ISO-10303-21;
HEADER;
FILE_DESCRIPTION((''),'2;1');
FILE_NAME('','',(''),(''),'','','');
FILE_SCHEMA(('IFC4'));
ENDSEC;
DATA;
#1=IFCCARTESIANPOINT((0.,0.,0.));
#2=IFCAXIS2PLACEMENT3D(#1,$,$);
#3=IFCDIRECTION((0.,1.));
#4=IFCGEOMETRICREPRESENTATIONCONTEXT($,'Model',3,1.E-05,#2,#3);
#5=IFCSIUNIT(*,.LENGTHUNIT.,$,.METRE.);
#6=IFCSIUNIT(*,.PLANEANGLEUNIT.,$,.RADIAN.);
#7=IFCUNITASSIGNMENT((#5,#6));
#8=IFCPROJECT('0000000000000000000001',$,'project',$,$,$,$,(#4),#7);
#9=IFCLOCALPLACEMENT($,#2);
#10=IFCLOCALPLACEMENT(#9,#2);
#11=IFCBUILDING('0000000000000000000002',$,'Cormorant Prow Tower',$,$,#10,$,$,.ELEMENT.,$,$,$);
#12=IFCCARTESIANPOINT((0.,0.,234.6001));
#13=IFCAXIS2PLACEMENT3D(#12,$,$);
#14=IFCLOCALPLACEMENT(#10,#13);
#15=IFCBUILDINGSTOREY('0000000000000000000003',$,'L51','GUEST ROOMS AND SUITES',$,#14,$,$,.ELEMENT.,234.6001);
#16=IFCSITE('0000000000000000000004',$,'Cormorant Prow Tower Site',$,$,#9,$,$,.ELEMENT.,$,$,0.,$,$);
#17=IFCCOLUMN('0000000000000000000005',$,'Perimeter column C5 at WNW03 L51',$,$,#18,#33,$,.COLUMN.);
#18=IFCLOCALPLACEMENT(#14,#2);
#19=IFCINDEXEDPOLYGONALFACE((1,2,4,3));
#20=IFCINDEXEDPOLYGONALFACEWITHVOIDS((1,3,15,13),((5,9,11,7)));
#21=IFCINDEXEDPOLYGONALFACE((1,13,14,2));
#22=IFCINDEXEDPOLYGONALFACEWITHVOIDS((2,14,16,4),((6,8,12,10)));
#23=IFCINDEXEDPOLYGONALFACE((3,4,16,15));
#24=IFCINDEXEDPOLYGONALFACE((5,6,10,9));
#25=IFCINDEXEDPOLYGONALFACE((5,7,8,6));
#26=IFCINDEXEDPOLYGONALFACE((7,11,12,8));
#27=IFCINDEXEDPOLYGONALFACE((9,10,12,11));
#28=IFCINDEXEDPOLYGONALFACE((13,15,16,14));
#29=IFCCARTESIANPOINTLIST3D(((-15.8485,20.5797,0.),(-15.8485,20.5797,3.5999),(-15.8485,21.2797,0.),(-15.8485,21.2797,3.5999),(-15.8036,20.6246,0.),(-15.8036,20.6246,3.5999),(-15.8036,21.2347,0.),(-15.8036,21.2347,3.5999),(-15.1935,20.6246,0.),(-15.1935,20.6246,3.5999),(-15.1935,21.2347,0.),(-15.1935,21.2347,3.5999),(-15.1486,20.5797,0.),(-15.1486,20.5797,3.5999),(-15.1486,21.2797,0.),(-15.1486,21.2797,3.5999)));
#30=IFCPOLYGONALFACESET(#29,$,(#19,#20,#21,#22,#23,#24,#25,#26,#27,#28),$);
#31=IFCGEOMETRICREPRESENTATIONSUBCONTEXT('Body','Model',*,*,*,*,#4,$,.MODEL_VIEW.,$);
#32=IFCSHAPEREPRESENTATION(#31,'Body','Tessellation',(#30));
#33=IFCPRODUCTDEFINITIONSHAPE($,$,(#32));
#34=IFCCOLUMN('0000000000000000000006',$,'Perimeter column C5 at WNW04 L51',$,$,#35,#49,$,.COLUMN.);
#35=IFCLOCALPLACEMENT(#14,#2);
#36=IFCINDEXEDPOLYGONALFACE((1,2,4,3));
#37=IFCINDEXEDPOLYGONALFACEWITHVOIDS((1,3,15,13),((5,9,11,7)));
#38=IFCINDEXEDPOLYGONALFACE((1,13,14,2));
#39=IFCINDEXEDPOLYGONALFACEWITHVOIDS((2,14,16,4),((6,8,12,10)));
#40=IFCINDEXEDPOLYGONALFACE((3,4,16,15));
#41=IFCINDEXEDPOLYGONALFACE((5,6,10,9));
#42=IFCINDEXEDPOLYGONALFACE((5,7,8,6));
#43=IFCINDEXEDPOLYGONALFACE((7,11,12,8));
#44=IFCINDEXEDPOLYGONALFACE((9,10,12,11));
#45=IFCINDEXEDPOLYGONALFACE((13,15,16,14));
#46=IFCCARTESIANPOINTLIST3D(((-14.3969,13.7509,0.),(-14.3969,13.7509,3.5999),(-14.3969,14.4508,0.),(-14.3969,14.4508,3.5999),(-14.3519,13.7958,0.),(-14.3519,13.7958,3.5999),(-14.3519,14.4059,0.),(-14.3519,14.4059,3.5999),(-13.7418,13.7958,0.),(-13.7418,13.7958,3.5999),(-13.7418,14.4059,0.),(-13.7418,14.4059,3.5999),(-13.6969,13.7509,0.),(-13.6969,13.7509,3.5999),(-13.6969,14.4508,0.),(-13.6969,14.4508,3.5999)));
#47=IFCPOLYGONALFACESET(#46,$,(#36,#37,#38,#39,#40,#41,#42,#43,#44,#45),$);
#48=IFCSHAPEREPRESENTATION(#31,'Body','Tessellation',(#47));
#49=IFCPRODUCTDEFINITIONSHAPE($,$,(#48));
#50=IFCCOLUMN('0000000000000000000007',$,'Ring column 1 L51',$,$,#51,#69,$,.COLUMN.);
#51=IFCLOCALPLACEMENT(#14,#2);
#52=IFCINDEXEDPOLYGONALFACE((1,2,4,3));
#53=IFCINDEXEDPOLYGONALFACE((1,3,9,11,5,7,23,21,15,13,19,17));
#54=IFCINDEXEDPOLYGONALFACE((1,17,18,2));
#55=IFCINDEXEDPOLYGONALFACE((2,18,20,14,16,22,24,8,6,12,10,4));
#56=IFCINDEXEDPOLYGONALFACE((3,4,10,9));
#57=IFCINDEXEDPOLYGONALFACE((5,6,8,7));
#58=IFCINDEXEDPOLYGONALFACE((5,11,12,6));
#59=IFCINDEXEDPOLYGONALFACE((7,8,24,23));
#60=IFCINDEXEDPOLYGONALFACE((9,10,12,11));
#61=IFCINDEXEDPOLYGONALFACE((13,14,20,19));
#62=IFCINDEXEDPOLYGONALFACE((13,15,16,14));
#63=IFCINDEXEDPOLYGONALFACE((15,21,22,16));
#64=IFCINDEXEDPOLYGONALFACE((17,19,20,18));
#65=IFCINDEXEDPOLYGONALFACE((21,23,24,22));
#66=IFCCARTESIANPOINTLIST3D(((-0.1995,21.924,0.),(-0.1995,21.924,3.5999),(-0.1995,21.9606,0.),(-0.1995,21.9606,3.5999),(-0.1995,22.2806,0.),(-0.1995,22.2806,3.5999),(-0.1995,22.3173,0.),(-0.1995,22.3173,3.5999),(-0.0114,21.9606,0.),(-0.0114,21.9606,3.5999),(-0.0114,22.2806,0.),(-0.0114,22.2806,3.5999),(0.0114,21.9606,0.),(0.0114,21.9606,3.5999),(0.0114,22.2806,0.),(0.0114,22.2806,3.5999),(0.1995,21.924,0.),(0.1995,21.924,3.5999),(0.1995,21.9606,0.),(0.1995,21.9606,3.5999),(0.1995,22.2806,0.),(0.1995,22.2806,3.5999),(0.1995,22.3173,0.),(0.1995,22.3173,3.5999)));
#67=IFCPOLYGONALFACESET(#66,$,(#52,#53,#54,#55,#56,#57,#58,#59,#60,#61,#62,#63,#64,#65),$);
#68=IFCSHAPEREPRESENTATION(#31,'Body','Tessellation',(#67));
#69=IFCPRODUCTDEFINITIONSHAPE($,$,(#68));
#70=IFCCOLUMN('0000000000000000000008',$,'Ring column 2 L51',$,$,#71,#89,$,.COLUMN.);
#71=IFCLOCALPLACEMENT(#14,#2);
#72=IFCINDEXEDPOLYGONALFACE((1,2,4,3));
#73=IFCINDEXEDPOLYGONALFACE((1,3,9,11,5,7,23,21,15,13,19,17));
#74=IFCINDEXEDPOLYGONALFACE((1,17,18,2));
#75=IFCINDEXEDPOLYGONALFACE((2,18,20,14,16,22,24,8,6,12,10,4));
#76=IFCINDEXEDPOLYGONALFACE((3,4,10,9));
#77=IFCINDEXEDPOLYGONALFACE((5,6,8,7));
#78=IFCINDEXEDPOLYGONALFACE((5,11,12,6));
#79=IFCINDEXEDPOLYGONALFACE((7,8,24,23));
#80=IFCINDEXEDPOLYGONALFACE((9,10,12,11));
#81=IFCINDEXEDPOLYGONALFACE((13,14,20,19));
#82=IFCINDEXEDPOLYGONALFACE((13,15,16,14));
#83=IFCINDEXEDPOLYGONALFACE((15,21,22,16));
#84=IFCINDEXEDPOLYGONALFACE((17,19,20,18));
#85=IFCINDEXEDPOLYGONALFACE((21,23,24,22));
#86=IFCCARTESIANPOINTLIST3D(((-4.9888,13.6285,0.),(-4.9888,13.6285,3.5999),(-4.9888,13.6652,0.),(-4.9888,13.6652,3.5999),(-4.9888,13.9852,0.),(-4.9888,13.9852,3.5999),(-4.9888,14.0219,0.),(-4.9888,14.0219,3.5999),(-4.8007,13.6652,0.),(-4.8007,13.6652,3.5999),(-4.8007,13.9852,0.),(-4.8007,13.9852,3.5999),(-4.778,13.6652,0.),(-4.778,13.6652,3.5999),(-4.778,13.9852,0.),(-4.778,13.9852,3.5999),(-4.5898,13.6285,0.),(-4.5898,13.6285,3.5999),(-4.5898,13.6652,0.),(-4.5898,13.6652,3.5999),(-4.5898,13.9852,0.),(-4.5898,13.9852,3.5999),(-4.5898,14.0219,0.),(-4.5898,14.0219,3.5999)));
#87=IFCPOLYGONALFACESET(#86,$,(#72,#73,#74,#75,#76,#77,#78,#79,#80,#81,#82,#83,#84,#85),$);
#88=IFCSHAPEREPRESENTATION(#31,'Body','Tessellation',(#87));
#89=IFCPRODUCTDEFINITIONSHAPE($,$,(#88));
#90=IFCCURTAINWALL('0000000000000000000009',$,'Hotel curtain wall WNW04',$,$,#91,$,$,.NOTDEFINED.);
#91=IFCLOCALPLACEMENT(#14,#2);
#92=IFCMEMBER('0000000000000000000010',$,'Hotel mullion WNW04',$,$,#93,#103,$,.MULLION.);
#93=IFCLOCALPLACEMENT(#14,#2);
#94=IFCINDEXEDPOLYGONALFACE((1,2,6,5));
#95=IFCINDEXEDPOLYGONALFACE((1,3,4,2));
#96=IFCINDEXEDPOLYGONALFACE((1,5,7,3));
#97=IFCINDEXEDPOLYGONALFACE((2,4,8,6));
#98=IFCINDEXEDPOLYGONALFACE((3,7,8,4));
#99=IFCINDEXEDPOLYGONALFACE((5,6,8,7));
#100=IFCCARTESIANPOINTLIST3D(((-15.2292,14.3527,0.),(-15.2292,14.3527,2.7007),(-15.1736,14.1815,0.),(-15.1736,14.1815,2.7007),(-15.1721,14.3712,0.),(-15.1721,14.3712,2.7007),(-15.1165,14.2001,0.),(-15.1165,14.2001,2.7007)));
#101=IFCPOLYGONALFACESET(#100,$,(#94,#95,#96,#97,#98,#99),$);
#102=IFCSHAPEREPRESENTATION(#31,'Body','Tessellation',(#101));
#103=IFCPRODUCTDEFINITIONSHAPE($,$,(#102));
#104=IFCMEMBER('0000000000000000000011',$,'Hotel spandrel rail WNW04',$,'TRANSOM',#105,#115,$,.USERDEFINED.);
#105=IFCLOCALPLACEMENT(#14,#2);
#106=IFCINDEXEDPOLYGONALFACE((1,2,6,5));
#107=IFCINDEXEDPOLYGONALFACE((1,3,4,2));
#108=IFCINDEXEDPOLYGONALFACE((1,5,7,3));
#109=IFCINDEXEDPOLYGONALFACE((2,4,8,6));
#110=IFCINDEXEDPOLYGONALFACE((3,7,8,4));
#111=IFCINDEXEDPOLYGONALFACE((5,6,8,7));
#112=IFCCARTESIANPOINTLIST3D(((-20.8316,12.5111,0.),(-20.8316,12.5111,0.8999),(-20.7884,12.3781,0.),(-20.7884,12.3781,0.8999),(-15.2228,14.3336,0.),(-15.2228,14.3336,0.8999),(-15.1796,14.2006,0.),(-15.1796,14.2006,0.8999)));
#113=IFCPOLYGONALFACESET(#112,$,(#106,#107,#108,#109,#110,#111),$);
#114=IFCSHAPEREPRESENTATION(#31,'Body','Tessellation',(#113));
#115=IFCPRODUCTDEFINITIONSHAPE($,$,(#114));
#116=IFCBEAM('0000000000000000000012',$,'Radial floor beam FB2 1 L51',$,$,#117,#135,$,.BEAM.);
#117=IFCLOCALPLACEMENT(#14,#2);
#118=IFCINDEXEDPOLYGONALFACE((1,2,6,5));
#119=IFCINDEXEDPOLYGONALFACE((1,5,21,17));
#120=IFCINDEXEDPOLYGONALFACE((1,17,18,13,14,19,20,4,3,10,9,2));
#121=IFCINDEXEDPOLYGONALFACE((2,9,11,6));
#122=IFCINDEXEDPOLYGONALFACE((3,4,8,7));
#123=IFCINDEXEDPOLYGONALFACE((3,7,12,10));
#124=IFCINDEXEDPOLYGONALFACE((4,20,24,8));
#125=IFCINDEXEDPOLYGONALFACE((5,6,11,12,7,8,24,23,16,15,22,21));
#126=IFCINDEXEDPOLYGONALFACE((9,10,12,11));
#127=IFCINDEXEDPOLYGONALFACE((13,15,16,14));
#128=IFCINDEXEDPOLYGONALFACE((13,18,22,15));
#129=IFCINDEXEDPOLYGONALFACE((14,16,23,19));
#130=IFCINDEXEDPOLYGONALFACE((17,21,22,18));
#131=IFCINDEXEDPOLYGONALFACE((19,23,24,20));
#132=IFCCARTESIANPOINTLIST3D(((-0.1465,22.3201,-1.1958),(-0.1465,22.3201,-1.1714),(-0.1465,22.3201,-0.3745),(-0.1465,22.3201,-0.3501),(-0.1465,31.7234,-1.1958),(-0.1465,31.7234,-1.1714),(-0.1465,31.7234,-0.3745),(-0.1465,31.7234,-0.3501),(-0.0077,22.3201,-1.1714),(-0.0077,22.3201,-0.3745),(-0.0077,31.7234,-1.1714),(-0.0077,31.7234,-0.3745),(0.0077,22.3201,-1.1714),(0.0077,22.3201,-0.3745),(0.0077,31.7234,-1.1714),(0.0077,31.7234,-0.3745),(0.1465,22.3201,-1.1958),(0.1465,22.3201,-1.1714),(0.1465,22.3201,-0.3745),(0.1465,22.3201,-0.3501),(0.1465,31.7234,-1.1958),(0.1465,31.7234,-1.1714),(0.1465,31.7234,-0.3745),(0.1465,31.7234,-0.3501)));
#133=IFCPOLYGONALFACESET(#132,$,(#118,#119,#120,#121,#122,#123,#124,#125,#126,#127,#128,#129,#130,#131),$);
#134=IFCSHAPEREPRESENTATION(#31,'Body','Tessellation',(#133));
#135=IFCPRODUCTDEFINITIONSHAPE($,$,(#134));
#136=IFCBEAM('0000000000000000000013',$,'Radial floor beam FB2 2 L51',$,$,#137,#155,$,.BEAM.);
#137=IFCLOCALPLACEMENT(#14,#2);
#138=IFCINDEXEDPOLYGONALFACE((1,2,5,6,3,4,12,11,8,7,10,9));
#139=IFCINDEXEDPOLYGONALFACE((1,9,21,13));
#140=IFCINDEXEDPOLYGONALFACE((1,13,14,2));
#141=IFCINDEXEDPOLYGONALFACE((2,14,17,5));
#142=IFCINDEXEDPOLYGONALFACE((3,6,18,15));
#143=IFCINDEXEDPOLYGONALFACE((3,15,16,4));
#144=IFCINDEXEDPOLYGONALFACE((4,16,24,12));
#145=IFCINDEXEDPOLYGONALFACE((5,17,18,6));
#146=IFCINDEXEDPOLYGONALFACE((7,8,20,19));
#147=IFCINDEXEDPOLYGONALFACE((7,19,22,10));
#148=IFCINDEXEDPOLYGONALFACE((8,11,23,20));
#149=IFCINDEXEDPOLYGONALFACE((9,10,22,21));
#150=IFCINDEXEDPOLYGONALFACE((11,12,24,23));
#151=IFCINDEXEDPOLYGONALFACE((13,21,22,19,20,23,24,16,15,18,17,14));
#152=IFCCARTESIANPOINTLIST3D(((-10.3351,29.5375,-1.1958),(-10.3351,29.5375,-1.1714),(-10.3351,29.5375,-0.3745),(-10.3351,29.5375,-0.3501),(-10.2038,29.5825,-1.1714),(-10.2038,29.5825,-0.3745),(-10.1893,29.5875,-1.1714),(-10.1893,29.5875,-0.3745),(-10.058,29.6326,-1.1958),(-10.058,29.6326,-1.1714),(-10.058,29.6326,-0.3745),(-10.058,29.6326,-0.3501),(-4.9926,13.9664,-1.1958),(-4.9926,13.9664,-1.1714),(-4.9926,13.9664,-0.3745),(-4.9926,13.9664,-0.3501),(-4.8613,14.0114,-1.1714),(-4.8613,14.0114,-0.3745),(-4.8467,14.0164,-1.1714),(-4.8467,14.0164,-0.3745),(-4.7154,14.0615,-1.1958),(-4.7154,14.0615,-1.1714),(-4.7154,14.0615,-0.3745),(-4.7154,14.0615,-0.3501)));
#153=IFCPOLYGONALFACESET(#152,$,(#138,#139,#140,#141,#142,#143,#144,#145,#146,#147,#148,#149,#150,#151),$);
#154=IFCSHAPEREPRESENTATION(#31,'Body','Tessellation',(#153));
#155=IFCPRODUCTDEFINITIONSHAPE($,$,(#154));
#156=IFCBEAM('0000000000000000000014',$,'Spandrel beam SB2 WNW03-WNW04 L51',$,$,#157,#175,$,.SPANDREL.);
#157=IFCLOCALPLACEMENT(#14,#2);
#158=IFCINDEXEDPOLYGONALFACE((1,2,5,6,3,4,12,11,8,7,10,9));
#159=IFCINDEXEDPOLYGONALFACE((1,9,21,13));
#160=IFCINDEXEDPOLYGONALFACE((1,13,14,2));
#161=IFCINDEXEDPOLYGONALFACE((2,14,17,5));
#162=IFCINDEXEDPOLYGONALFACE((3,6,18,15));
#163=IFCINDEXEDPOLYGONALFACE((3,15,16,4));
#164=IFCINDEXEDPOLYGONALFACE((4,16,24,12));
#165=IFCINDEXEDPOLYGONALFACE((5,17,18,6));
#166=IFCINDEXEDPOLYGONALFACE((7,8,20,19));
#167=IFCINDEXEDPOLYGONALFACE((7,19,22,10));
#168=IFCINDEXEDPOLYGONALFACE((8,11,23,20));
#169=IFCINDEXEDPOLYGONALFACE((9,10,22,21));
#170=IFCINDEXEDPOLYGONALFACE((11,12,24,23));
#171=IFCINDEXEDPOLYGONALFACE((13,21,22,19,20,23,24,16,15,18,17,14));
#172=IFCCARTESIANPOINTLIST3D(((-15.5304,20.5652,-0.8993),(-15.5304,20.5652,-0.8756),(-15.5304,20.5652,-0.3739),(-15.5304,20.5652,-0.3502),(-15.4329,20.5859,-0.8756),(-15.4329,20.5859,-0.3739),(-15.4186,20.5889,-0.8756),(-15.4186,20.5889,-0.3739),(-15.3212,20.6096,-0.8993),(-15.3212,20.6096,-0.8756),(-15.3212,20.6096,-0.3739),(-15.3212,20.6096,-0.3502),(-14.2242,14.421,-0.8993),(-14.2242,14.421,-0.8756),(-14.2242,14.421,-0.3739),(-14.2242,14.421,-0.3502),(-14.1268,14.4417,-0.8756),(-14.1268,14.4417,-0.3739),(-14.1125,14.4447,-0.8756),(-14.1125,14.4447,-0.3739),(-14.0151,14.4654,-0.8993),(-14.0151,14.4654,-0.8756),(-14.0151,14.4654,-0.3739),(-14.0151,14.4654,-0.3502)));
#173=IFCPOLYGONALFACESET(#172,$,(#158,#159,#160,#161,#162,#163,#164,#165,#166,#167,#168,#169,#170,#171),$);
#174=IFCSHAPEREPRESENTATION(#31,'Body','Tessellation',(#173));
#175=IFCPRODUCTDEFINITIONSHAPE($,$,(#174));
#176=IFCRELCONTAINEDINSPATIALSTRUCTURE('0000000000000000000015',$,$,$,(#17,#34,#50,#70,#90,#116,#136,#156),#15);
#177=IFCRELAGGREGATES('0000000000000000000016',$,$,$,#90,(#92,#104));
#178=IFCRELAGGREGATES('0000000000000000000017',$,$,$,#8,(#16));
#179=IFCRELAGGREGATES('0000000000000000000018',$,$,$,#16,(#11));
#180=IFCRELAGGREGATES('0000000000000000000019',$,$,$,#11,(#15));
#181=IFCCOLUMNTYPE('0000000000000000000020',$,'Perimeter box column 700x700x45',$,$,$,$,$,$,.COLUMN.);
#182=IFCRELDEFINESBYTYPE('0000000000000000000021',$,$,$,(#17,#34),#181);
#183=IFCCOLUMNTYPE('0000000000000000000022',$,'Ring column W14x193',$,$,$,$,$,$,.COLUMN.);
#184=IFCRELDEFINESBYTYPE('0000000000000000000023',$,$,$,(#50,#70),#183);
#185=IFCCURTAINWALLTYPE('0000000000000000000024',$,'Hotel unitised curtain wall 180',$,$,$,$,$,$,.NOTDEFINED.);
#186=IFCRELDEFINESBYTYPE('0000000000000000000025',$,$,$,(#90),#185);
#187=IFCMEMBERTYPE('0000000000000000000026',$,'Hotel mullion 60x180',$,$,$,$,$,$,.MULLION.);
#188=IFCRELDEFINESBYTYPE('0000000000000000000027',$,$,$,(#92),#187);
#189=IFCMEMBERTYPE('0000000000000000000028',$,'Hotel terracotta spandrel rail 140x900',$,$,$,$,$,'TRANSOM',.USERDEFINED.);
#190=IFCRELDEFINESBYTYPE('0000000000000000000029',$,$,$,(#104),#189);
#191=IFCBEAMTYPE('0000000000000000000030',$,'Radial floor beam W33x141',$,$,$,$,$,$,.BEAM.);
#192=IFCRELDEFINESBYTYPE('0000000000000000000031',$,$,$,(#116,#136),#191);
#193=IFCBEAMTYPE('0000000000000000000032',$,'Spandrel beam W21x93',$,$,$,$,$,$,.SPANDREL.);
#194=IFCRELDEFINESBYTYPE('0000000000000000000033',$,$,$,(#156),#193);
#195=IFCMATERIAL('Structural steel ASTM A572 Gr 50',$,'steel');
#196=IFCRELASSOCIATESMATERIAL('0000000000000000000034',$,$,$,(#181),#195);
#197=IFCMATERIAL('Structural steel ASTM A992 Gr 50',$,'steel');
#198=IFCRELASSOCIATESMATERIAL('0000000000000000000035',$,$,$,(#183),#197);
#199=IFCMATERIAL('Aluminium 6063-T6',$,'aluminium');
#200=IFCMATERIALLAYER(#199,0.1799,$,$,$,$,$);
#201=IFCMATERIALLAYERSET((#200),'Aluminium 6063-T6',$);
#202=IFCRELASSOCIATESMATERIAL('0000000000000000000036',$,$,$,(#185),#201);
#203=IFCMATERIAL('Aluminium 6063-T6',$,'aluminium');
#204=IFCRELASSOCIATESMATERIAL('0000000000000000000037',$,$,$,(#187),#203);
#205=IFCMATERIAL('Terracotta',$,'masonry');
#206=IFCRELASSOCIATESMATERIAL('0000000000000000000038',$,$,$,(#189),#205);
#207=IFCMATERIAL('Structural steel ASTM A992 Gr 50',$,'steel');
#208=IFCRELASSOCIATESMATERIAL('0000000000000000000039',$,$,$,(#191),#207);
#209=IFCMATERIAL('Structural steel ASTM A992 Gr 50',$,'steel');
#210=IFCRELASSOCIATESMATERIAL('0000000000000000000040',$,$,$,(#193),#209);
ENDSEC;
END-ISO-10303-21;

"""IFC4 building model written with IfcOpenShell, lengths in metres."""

from ifc_helpers import new_model, si_unit, direction, frame, origin, origin_2d, place, context, subcontext, project, spatial, rectangle, hollow_rectangle, i_section, extrude, material, layer, layer_set, material_profile, profile_set, type_object, element, aggregate, save


model = new_model("IFC4")

# Units and contexts
model_context = context("Model", 3, precision=1e-05, world=origin(), true_north=direction((0.0, 1.0)))
body_context = subcontext(model_context, "Body", "Model", "MODEL_VIEW")
ifc_project = project(units=[si_unit("LENGTHUNIT", "METRE"), si_unit("PLANEANGLEUNIT", "RADIAN")], contexts=[model_context])

# Site, building, storey
site_placement = place(None, origin())
site = spatial("IfcSite", under=ifc_project, at=site_placement, Name="Cormorant Prow Tower Site", CompositionType="ELEMENT", RefElevation=0.0)
building_placement = place(site_placement, origin())
building = spatial("IfcBuilding", under=site, at=building_placement, Name="Cormorant Prow Tower", CompositionType="ELEMENT")
storey_placement = place(building_placement, frame((0.0, 0.0, 234.6001)))
storey = spatial("IfcBuildingStorey", under=building, at=storey_placement, Name="L51", Description="GUEST ROOMS AND SUITES", CompositionType="ELEMENT", Elevation=234.6001)

# Columns
ifc_material_1 = material(Name="Structural steel ASTM A572 Gr 50", Category="steel")
ifc_material_profile_1 = material_profile(ifc_material_1, hollow_rectangle(XDim=0.7, YDim=0.7, WallThickness=0.0449, at=origin_2d()), Name="Box 700x700x45")
ifc_profile_set_1 = profile_set([ifc_material_profile_1], Name="Structural steel ASTM A572 Gr 50")
column_type_1 = type_object("IfcColumnType", Name="Perimeter box column 700x700x45", PredefinedType="COLUMN", material=ifc_profile_set_1)
for number, where, z_axis, x_axis, name in (
    (1, (-15.4985, 20.9297, 0.0), (0.0, 0.0, 1.0), (1.0, 0.0, 0.0), "Perimeter column C5 at WNW03 L51"),
    (2, (-14.0469, 14.1008, 0.0), (0.0, 0.0, 1.0), (1.0, 0.0, 0.0), "Perimeter column C5 at WNW04 L51"),
):
    element("IfcColumn", number, at=place(storey_placement, frame(where, z_axis=z_axis, x_axis=x_axis)), inside=storey, type_object=column_type_1, Name=name, PredefinedType="COLUMN", context=body_context, shape_type="SweptSolid", body=[
        extrude(hollow_rectangle(XDim=0.7, YDim=0.7, WallThickness=0.0449, at=origin_2d()), origin(), (0.0, 0.0, 1.0), 3.5999),
    ])
ifc_material_2 = material(Name="Structural steel ASTM A992 Gr 50", Category="steel")
ifc_material_profile_2 = material_profile(ifc_material_2, i_section(OverallWidth=0.3989, OverallDepth=0.3933, WebThickness=0.0227, FlangeThickness=0.0366, at=origin_2d()), Name="W14x193")
ifc_profile_set_2 = profile_set([ifc_material_profile_2], Name="Structural steel ASTM A992 Gr 50")
column_type_2 = type_object("IfcColumnType", Name="Ring column W14x193", PredefinedType="COLUMN", material=ifc_profile_set_2)
for number, where, z_axis, x_axis, name in (
    (3, (0.0, 22.1206, 0.0), (0.0, 0.0, 1.0), (1.0, 0.0, 0.0), "Ring column 1 L51"),
    (4, (-4.7893, 13.8252, 0.0), (0.0, 0.0, 1.0), (1.0, 0.0, 0.0), "Ring column 2 L51"),
):
    element("IfcColumn", number, at=place(storey_placement, frame(where, z_axis=z_axis, x_axis=x_axis)), inside=storey, type_object=column_type_2, Name=name, PredefinedType="COLUMN", context=body_context, shape_type="SweptSolid", body=[
        extrude(i_section(OverallWidth=0.3989, OverallDepth=0.3933, WebThickness=0.0227, FlangeThickness=0.0366, at=origin_2d()), origin(), (0.0, 0.0, 1.0), 3.5999),
    ])

# Curtain wall, members
ifc_material_3 = material(Name="Aluminium 6063-T6", Category="aluminium")
ifc_layer_1 = layer(ifc_material_3, 0.1799)
ifc_layer_set_1 = layer_set([ifc_layer_1], Name="Aluminium 6063-T6")
curtain_wall_type = type_object("IfcCurtainWallType", Name="Hotel unitised curtain wall 180", PredefinedType="NOTDEFINED", material=ifc_layer_set_1)
curtain_wall_1_placement = place(storey_placement, origin())
curtain_wall_1 = element("IfcCurtainWall", 5, at=curtain_wall_1_placement, inside=storey, type_object=curtain_wall_type, Name="Hotel curtain wall WNW04", PredefinedType="NOTDEFINED")
ifc_material_4 = material(Name="Aluminium 6063-T6", Category="aluminium")
ifc_material_profile_3 = material_profile(ifc_material_4, rectangle(XDim=0.1799, YDim=0.0601, at=origin_2d()), Name="Hotel mullion 60x180")
ifc_profile_set_3 = profile_set([ifc_material_profile_3], Name="Aluminium 6063-T6")
member_type_1 = type_object("IfcMemberType", Name="Hotel mullion 60x180", PredefinedType="MULLION", material=ifc_profile_set_3)
member_1_placement = place(storey_placement, frame((-15.1729, 14.2764, 0.0), z_axis=(0.0, 0.0, 1.0), x_axis=(0.309017, -0.951057, 0.0)))
member_1 = element("IfcMember", 6, at=member_1_placement, type_object=member_type_1, Name="Hotel mullion WNW04", PredefinedType="MULLION", context=body_context, shape_type="SweptSolid", body=[
    extrude(rectangle(XDim=0.1799, YDim=0.0601, at=origin_2d()), origin(), (0.0, 0.0, 1.0), 2.7007),
])
ifc_material_5 = material(Name="Terracotta", Category="masonry")
ifc_material_profile_4 = material_profile(ifc_material_5, rectangle(XDim=0.1399, YDim=0.8999, at=origin_2d()), Name="Hotel terracotta spandrel rail 140x900")
ifc_profile_set_4 = profile_set([ifc_material_profile_4], Name="Terracotta")
member_type_2 = type_object("IfcMemberType", Name="Hotel terracotta spandrel rail 140x900", ElementType="TRANSOM", PredefinedType="USERDEFINED", material=ifc_profile_set_4)
member_2_placement = place(storey_placement, frame((-15.2012, 14.2671, 0.45), z_axis=(-0.951053, -0.309028, 0.0), x_axis=(0.309028, -0.951053, 0.0)))
member_2 = element("IfcMember", 7, at=member_2_placement, type_object=member_type_2, Name="Hotel spandrel rail WNW04", ObjectType="TRANSOM", PredefinedType="USERDEFINED", context=body_context, shape_type="SweptSolid", body=[
    extrude(rectangle(XDim=0.1399, YDim=0.8999, at=origin_2d()), origin(), (0.0, 0.0, 1.0), 5.8975),
])

# Beams
ifc_material_6 = material(Name="Structural steel ASTM A992 Gr 50", Category="steel")
ifc_material_profile_5 = material_profile(ifc_material_6, i_section(OverallWidth=0.293, OverallDepth=0.8457, WebThickness=0.0154, FlangeThickness=0.0244, at=origin_2d()), Name="W33x141")
ifc_profile_set_5 = profile_set([ifc_material_profile_5], Name="Structural steel ASTM A992 Gr 50")
beam_type_1 = type_object("IfcBeamType", Name="Radial floor beam W33x141", PredefinedType="BEAM", material=ifc_profile_set_5)
beam_1_placement = place(storey_placement, frame((0.0, 22.3201, -0.7729), z_axis=(0.0, 1.0, 0.0), x_axis=(-1.0, 0.0, 0.0)))
element("IfcBeam", 8, at=beam_1_placement, inside=storey, type_object=beam_type_1, Name="Radial floor beam FB2 1 L51", PredefinedType="BEAM", context=body_context, shape_type="SweptSolid", body=[
    extrude(i_section(OverallWidth=0.293, OverallDepth=0.8457, WebThickness=0.0154, FlangeThickness=0.0244, at=origin_2d()), origin(), (0.0, 0.0, 1.0), 9.4033),
])
beam_2_placement = place(storey_placement, frame((-4.854, 14.0139, -0.7729), z_axis=(-0.324536, 0.945874, 0.0), x_axis=(-0.945874, -0.324536, 0.0)))
element("IfcBeam", 9, at=beam_2_placement, inside=storey, type_object=beam_type_1, Name="Radial floor beam FB2 2 L51", PredefinedType="BEAM", context=body_context, shape_type="SweptSolid", body=[
    extrude(i_section(OverallWidth=0.293, OverallDepth=0.8457, WebThickness=0.0154, FlangeThickness=0.0244, at=origin_2d()), origin(), (0.0, 0.0, 1.0), 16.4622),
])
ifc_material_7 = material(Name="Structural steel ASTM A992 Gr 50", Category="steel")
ifc_material_profile_6 = material_profile(ifc_material_7, i_section(OverallWidth=0.2139, OverallDepth=0.5491, WebThickness=0.0146, FlangeThickness=0.0237, at=origin_2d()), Name="W21x93")
ifc_profile_set_6 = profile_set([ifc_material_profile_6], Name="Structural steel ASTM A992 Gr 50")
beam_type_2 = type_object("IfcBeamType", Name="Spandrel beam W21x93", PredefinedType="SPANDREL", material=ifc_profile_set_6)
beam_3_placement = place(storey_placement, frame((-15.4258, 20.5874, -0.6248), z_axis=(0.207934, -0.978143, 0.0), x_axis=(0.978143, 0.207934, 0.0)))
element("IfcBeam", 10, at=beam_3_placement, inside=storey, type_object=beam_type_2, Name="Spandrel beam SB2 WNW03-WNW04 L51", PredefinedType="SPANDREL", context=body_context, shape_type="SweptSolid", body=[
    extrude(i_section(OverallWidth=0.2139, OverallDepth=0.5491, WebThickness=0.0146, FlangeThickness=0.0237, at=origin_2d()), origin(), (0.0, 0.0, 1.0), 6.2815),
])

aggregate(curtain_wall_1, [member_1, member_2])

save(model, "model.ifc")
